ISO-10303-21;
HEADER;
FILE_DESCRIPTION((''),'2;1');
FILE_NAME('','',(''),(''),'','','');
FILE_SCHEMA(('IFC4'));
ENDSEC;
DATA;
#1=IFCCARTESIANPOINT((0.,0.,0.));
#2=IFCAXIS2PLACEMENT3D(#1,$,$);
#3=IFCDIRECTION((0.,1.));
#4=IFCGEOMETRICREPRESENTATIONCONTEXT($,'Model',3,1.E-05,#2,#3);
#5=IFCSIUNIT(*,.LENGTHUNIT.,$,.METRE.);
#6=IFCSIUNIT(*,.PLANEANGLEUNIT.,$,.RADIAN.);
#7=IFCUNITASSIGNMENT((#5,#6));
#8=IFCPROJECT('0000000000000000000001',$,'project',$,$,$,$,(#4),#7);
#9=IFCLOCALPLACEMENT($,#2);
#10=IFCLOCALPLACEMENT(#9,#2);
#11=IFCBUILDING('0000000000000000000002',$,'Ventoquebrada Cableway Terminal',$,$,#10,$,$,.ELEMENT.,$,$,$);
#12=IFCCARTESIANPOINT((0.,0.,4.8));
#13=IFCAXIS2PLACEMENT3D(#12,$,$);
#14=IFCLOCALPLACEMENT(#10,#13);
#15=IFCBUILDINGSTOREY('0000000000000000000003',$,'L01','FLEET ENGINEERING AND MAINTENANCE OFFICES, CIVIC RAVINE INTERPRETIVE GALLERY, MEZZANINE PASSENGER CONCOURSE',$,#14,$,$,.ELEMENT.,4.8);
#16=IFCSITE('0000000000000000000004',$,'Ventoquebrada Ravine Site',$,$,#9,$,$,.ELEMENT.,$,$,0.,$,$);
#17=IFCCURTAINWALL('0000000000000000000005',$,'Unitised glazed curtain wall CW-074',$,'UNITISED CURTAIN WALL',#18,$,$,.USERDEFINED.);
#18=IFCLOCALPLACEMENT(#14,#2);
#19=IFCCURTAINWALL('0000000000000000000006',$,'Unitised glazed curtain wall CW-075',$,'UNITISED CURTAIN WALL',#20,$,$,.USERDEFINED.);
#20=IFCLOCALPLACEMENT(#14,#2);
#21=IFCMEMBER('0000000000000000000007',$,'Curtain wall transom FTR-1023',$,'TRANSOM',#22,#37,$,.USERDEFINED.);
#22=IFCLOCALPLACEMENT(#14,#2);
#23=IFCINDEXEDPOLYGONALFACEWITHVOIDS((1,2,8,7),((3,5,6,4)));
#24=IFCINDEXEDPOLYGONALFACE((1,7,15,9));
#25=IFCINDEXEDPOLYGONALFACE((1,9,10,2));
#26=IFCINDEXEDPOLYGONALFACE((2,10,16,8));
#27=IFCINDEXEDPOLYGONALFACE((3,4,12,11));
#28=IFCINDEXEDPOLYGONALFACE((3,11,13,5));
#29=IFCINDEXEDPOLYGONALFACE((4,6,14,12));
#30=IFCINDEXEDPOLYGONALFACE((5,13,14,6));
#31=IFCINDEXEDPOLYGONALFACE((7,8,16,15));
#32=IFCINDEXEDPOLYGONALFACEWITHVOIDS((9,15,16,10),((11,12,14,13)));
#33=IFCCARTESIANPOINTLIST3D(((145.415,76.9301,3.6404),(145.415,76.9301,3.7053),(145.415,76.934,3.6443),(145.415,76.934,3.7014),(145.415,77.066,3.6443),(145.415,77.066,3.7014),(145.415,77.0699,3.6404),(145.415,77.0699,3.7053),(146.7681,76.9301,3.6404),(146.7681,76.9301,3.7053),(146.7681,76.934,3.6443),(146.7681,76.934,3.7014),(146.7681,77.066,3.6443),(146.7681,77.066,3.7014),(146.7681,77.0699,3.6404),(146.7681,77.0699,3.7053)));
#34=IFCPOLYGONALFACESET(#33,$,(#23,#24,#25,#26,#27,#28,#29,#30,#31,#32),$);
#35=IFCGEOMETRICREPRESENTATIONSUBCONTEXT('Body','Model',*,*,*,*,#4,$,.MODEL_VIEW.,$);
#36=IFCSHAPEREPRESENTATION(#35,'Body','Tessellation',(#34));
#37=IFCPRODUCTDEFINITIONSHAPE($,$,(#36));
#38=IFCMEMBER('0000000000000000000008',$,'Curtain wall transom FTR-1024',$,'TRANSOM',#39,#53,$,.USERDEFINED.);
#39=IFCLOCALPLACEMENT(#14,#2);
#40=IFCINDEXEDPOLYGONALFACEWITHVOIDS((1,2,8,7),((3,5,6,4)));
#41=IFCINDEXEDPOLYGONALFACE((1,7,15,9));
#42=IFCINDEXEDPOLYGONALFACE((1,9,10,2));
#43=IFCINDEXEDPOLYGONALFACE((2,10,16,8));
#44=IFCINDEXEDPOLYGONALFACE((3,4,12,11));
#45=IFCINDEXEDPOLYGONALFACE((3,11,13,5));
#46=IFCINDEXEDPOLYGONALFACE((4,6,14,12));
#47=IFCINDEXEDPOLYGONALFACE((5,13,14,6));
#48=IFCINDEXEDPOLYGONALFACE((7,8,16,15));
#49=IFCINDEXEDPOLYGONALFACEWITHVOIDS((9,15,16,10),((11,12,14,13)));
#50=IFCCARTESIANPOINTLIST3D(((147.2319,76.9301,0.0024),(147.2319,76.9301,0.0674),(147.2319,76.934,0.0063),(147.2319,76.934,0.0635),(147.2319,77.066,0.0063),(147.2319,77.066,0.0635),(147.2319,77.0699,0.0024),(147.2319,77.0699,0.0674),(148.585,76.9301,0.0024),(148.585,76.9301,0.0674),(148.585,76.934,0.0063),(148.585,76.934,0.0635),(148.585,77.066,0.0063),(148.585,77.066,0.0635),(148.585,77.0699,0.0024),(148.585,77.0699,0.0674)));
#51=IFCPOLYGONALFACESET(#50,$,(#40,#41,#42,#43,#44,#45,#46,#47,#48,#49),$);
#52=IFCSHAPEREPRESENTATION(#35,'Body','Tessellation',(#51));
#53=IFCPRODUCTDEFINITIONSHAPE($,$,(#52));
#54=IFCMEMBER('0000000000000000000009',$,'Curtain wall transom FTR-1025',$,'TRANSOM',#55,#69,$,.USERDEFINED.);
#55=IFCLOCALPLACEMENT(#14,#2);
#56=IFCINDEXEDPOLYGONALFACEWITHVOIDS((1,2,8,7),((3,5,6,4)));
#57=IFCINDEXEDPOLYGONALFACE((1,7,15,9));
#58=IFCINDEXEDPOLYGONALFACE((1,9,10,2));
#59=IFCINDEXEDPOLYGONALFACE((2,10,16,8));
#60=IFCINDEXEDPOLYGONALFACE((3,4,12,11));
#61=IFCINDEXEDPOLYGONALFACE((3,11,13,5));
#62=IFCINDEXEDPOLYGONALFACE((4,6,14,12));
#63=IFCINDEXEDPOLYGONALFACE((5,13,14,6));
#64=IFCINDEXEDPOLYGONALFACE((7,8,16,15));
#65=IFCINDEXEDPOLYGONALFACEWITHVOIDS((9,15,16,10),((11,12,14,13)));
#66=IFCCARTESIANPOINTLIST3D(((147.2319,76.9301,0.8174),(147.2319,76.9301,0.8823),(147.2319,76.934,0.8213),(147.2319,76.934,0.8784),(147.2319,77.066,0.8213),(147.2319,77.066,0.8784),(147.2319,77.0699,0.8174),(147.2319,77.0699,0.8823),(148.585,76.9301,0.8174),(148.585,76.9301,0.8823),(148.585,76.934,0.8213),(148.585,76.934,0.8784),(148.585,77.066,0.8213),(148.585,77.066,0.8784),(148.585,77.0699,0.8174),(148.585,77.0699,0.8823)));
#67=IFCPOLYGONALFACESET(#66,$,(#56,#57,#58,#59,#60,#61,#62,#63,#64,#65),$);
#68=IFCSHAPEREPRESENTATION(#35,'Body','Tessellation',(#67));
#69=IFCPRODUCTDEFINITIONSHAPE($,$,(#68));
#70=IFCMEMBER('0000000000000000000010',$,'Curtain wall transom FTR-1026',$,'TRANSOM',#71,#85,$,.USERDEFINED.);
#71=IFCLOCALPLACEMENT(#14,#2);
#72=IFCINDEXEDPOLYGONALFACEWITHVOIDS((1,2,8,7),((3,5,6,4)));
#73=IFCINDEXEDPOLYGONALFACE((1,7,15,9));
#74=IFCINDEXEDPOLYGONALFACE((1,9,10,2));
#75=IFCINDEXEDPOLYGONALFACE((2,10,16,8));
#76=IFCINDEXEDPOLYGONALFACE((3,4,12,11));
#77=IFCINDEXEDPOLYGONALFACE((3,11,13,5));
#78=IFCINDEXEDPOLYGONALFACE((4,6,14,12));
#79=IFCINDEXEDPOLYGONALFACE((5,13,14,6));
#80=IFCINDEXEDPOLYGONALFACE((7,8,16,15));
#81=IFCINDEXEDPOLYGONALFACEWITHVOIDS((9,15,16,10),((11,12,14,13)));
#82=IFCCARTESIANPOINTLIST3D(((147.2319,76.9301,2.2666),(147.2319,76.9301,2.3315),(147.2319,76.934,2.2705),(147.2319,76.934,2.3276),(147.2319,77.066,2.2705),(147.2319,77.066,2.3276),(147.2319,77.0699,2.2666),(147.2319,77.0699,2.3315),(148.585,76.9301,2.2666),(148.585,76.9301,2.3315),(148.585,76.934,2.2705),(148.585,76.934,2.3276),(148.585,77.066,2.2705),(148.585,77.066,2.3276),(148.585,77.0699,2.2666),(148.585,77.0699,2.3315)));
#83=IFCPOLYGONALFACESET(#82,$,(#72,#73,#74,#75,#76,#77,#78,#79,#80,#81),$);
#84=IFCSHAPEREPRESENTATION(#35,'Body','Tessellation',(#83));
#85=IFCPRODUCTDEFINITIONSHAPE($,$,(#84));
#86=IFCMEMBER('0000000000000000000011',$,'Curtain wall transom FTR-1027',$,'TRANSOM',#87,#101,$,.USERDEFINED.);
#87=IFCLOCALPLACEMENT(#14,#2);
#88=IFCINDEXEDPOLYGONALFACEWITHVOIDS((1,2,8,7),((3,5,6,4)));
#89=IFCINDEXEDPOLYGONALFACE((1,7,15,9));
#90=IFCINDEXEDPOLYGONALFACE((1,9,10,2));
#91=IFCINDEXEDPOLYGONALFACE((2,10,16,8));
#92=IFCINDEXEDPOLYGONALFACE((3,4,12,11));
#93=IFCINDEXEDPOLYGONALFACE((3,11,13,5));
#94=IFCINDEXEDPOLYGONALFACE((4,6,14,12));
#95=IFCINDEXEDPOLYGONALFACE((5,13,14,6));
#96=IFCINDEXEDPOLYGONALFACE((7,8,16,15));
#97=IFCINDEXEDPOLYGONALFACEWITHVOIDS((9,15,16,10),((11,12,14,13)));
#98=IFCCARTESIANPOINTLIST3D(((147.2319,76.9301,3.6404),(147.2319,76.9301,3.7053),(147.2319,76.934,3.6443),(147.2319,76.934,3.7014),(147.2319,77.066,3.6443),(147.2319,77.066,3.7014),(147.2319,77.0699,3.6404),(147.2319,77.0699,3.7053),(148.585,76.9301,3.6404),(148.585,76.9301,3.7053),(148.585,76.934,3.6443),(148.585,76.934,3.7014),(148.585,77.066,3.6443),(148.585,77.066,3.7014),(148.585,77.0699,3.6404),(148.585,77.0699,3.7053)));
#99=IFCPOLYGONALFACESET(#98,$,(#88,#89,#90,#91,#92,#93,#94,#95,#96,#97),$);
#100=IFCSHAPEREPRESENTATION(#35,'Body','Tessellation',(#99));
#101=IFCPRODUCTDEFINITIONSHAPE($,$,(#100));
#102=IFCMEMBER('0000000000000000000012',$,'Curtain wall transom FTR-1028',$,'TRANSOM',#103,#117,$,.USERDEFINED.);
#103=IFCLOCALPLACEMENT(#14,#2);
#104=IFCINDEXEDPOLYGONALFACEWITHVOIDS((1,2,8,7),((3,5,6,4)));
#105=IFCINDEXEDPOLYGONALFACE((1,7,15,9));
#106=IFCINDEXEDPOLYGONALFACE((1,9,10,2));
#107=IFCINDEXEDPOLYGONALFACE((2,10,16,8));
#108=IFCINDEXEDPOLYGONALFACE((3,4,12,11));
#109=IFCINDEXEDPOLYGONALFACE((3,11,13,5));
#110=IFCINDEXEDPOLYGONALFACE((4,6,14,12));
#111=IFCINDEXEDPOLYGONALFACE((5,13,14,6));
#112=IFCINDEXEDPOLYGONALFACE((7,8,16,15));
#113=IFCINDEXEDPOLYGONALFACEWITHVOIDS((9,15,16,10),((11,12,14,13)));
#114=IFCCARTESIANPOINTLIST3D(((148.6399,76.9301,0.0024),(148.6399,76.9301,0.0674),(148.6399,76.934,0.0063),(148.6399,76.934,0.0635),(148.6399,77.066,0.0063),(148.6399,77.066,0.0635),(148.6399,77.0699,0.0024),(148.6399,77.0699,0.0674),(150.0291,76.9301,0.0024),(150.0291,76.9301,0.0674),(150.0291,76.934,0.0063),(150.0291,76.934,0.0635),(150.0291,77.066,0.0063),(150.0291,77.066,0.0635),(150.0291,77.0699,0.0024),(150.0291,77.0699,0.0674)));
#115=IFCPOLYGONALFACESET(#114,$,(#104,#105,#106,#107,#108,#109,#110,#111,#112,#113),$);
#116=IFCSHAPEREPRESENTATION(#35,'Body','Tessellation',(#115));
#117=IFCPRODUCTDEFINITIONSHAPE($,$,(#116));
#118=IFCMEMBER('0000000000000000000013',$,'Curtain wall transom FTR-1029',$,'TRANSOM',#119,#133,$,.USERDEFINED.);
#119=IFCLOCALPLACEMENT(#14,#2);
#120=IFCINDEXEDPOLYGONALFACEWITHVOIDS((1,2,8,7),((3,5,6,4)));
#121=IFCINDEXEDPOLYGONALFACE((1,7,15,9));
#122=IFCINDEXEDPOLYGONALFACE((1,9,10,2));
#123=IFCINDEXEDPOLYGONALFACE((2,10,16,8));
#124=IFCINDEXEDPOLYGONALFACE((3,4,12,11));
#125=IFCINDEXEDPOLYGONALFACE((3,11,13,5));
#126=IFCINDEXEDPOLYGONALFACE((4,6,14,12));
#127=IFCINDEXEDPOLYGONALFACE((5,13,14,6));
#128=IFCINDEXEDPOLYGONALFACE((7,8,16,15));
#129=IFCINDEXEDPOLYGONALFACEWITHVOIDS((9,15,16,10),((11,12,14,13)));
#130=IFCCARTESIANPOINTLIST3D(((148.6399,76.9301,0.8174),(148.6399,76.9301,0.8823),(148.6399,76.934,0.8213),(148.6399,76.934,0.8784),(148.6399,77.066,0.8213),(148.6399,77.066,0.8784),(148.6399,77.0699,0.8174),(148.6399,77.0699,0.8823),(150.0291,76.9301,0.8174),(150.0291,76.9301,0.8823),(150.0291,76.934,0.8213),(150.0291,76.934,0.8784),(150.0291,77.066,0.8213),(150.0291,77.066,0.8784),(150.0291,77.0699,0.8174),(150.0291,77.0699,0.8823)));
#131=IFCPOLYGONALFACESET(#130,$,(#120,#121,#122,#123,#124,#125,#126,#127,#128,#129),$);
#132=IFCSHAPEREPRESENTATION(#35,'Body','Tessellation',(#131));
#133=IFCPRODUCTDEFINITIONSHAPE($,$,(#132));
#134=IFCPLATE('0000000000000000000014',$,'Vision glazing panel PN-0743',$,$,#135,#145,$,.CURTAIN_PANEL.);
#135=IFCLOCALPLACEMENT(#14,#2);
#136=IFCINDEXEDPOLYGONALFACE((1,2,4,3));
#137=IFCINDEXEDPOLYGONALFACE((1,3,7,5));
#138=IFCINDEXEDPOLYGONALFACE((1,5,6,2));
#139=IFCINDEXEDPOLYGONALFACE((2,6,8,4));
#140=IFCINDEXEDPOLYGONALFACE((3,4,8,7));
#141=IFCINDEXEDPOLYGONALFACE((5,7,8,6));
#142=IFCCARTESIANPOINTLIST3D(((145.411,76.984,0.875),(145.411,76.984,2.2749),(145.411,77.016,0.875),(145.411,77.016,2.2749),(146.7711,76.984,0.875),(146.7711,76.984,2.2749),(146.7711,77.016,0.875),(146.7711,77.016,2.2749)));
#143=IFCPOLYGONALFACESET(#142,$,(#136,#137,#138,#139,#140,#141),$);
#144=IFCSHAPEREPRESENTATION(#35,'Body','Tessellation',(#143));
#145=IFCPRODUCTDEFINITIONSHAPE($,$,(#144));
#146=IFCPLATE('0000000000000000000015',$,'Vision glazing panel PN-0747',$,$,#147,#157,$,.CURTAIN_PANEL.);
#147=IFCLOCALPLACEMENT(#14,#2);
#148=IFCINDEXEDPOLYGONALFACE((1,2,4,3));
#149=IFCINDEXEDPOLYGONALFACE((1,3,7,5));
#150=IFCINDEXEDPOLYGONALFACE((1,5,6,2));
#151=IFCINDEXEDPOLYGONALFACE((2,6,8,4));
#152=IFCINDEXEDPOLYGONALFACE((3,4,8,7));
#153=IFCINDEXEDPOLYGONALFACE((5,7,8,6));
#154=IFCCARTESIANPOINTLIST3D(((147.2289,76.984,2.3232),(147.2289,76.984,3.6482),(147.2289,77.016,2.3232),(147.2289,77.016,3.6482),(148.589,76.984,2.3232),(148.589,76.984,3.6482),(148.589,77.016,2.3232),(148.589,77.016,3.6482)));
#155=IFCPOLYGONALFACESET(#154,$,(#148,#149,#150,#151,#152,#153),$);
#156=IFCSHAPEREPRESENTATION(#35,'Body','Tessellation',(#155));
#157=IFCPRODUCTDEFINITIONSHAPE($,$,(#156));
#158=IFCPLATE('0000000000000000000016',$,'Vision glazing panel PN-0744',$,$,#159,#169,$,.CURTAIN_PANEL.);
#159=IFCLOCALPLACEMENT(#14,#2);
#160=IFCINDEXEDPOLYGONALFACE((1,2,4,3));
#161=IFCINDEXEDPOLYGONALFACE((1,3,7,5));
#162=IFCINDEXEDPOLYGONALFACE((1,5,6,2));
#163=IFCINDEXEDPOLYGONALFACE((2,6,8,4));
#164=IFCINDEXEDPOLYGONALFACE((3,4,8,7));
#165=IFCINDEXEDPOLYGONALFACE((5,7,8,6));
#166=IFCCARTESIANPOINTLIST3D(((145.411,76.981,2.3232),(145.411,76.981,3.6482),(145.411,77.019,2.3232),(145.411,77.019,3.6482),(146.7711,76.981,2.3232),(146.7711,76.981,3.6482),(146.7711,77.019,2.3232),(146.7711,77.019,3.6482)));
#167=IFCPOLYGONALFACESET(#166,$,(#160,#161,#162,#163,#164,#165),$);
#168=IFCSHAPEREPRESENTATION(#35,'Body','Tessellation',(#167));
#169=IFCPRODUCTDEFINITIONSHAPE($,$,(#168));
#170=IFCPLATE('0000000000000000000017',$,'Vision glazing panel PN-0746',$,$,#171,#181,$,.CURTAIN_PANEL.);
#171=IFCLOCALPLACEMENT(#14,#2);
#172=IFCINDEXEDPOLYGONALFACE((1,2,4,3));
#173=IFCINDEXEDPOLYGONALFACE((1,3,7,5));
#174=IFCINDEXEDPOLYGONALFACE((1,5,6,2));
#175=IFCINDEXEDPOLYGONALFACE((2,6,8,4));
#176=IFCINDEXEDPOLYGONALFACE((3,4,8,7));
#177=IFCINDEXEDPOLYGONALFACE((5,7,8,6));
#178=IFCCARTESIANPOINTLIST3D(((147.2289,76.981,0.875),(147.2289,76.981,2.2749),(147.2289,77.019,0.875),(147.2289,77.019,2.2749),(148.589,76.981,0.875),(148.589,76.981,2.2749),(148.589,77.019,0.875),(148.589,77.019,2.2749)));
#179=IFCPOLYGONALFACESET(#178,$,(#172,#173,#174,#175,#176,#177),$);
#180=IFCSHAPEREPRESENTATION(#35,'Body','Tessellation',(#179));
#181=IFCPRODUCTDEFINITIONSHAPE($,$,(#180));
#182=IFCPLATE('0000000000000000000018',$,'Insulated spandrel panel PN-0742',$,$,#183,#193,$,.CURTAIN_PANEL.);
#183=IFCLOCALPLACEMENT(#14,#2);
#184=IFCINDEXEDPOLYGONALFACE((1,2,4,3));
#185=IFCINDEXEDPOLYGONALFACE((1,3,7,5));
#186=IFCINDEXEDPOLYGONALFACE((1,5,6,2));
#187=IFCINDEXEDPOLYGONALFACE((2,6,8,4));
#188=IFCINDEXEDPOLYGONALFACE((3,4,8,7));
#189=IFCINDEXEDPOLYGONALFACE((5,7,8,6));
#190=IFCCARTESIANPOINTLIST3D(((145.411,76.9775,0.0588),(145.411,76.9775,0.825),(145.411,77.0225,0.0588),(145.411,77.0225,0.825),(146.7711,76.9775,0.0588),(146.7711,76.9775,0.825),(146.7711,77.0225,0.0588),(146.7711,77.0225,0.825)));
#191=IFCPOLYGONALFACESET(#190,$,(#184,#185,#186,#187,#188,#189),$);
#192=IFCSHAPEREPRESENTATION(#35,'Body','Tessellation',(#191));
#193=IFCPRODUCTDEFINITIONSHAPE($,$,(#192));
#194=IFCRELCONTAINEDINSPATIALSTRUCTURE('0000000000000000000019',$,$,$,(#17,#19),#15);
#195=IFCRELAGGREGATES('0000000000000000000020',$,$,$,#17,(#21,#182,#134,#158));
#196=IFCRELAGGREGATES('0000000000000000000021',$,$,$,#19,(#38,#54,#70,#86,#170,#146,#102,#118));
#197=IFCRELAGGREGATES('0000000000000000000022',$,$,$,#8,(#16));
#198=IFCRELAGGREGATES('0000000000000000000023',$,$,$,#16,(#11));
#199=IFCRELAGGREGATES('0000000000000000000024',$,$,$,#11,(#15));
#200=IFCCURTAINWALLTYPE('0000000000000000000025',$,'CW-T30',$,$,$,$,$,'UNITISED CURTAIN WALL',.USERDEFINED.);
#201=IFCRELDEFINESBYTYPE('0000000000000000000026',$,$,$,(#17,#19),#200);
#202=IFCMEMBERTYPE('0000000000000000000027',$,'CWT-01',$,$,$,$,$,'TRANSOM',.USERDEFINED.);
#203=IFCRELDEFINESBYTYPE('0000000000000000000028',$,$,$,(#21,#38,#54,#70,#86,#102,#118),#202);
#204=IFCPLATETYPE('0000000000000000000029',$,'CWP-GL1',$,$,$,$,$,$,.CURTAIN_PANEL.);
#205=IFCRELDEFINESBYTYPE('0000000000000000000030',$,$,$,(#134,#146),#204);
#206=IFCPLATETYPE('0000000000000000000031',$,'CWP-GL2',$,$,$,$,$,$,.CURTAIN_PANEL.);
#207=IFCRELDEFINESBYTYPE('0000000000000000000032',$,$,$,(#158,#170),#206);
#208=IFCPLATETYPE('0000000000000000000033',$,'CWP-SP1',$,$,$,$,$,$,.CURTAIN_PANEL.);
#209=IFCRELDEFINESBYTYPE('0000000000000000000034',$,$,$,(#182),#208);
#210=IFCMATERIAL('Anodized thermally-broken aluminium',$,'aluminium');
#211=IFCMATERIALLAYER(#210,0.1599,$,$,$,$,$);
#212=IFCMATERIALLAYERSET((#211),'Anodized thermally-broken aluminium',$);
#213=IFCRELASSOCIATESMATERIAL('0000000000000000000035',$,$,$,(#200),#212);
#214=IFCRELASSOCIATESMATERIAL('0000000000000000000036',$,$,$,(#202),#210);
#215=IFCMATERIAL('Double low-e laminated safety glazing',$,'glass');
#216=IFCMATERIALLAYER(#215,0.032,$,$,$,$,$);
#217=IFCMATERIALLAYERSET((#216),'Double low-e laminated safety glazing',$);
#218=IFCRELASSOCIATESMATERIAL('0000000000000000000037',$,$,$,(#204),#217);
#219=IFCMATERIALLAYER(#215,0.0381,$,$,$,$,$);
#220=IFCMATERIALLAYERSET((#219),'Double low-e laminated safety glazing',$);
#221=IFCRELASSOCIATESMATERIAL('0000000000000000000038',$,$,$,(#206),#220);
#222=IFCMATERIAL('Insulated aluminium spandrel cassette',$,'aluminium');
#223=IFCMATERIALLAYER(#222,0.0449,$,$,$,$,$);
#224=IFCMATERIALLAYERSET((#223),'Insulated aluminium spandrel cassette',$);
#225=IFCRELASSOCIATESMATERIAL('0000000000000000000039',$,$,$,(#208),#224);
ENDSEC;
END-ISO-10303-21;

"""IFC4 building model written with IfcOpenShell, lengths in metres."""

from ifc_helpers import new_model, si_unit, direction, frame, origin, origin_2d, place, context, subcontext, project, spatial, rectangle, hollow_rectangle, extrude, material, layer, layer_set, material_profile, profile_set, type_object, element, aggregate, save


model = new_model("IFC4")

# Units and contexts
model_context = context("Model", 3, precision=1e-05, world=origin(), true_north=direction((0.0, 1.0)))
body_context = subcontext(model_context, "Body", "Model", "MODEL_VIEW")
ifc_project = project(units=[si_unit("LENGTHUNIT", "METRE"), si_unit("PLANEANGLEUNIT", "RADIAN")], contexts=[model_context])

# Site, building, storey
site_placement = place(None, origin())
site = spatial("IfcSite", under=ifc_project, at=site_placement, Name="Ventoquebrada Ravine Site", CompositionType="ELEMENT", RefElevation=0.0)
building_placement = place(site_placement, origin())
building = spatial("IfcBuilding", under=site, at=building_placement, Name="Ventoquebrada Cableway Terminal", CompositionType="ELEMENT")
storey_placement = place(building_placement, frame((0.0, 0.0, 4.8)))
storey = spatial("IfcBuildingStorey", under=building, at=storey_placement, Name="L01", Description="FLEET ENGINEERING AND MAINTENANCE OFFICES, CIVIC RAVINE INTERPRETIVE GALLERY, MEZZANINE PASSENGER CONCOURSE", CompositionType="ELEMENT", Elevation=4.8)

# Curtain walls
ifc_material_1 = material(Name="Anodized thermally-broken aluminium", Category="aluminium")
ifc_layer_1 = layer(ifc_material_1, 0.1599)
ifc_layer_set_1 = layer_set([ifc_layer_1], Name="Anodized thermally-broken aluminium")
curtain_wall_type = type_object("IfcCurtainWallType", Name="CW-T30", ElementType="UNITISED CURTAIN WALL", PredefinedType="USERDEFINED", material=ifc_layer_set_1)
curtain_wall_1_placement = place(storey_placement, origin())
curtain_wall_1 = element("IfcCurtainWall", 1, at=curtain_wall_1_placement, inside=storey, type_object=curtain_wall_type, Name="Unitised glazed curtain wall CW-074", ObjectType="UNITISED CURTAIN WALL", PredefinedType="USERDEFINED")
curtain_wall_2_placement = place(storey_placement, origin())
curtain_wall_2 = element("IfcCurtainWall", 2, at=curtain_wall_2_placement, inside=storey, type_object=curtain_wall_type, Name="Unitised glazed curtain wall CW-075", ObjectType="UNITISED CURTAIN WALL", PredefinedType="USERDEFINED")

# Members
ifc_material_profile_1 = material_profile(ifc_material_1, hollow_rectangle(XDim=0.0649, YDim=0.1399, WallThickness=0.0039, at=origin_2d()), Name="CW-TRN-65X140")
ifc_profile_set_1 = profile_set([ifc_material_profile_1], Name="Anodized thermally-broken aluminium")
member_type_1 = type_object("IfcMemberType", Name="CWT-01", ElementType="TRANSOM", PredefinedType="USERDEFINED", material=ifc_profile_set_1)
member_1_placement = place(storey_placement, frame((145.415, 77.0, 3.6729), z_axis=(1.0, 0.0, 0.0), x_axis=(0.0, 0.0, 1.0)))
member_1 = element("IfcMember", 3, at=member_1_placement, type_object=member_type_1, Name="Curtain wall transom FTR-1023", ObjectType="TRANSOM", PredefinedType="USERDEFINED", context=body_context, shape_type="SweptSolid", body=[
    extrude(hollow_rectangle(XDim=0.0649, YDim=0.1399, WallThickness=0.0039, at=origin_2d()), origin(), (0.0, 0.0, 1.0), 1.353),
])
member_2_placement = place(storey_placement, frame((147.2319, 77.0, 0.0349), z_axis=(1.0, 0.0, 0.0), x_axis=(0.0, 0.0, 1.0)))
member_2 = element("IfcMember", 4, at=member_2_placement, type_object=member_type_1, Name="Curtain wall transom FTR-1024", ObjectType="TRANSOM", PredefinedType="USERDEFINED", context=body_context, shape_type="SweptSolid", body=[
    extrude(hollow_rectangle(XDim=0.0649, YDim=0.1399, WallThickness=0.0039, at=origin_2d()), origin(), (0.0, 0.0, 1.0), 1.353),
])
member_3_placement = place(storey_placement, frame((147.2319, 77.0, 0.8499), z_axis=(1.0, 0.0, 0.0), x_axis=(0.0, 0.0, 1.0)))
member_3 = element("IfcMember", 5, at=member_3_placement, type_object=member_type_1, Name="Curtain wall transom FTR-1025", ObjectType="TRANSOM", PredefinedType="USERDEFINED", context=body_context, shape_type="SweptSolid", body=[
    extrude(hollow_rectangle(XDim=0.0649, YDim=0.1399, WallThickness=0.0039, at=origin_2d()), origin(), (0.0, 0.0, 1.0), 1.353),
])
member_4_placement = place(storey_placement, frame((147.2319, 77.0, 2.2991), z_axis=(1.0, 0.0, 0.0), x_axis=(0.0, 0.0, 1.0)))
member_4 = element("IfcMember", 6, at=member_4_placement, type_object=member_type_1, Name="Curtain wall transom FTR-1026", ObjectType="TRANSOM", PredefinedType="USERDEFINED", context=body_context, shape_type="SweptSolid", body=[
    extrude(hollow_rectangle(XDim=0.0649, YDim=0.1399, WallThickness=0.0039, at=origin_2d()), origin(), (0.0, 0.0, 1.0), 1.353),
])
member_5_placement = place(storey_placement, frame((147.2319, 77.0, 3.6729), z_axis=(1.0, 0.0, 0.0), x_axis=(0.0, 0.0, 1.0)))
member_5 = element("IfcMember", 7, at=member_5_placement, type_object=member_type_1, Name="Curtain wall transom FTR-1027", ObjectType="TRANSOM", PredefinedType="USERDEFINED", context=body_context, shape_type="SweptSolid", body=[
    extrude(hollow_rectangle(XDim=0.0649, YDim=0.1399, WallThickness=0.0039, at=origin_2d()), origin(), (0.0, 0.0, 1.0), 1.353),
])
member_6_placement = place(storey_placement, frame((148.6399, 77.0, 0.0349), z_axis=(1.0, 0.0, 0.0), x_axis=(0.0, 0.0, 1.0)))
member_6 = element("IfcMember", 8, at=member_6_placement, type_object=member_type_1, Name="Curtain wall transom FTR-1028", ObjectType="TRANSOM", PredefinedType="USERDEFINED", context=body_context, shape_type="SweptSolid", body=[
    extrude(hollow_rectangle(XDim=0.0649, YDim=0.1399, WallThickness=0.0039, at=origin_2d()), origin(), (0.0, 0.0, 1.0), 1.3892),
])
member_7_placement = place(storey_placement, frame((148.6399, 77.0, 0.8499), z_axis=(1.0, 0.0, 0.0), x_axis=(0.0, 0.0, 1.0)))
member_7 = element("IfcMember", 9, at=member_7_placement, type_object=member_type_1, Name="Curtain wall transom FTR-1029", ObjectType="TRANSOM", PredefinedType="USERDEFINED", context=body_context, shape_type="SweptSolid", body=[
    extrude(hollow_rectangle(XDim=0.0649, YDim=0.1399, WallThickness=0.0039, at=origin_2d()), origin(), (0.0, 0.0, 1.0), 1.3892),
])

# Plates
ifc_material_2 = material(Name="Double low-e laminated safety glazing", Category="glass")
ifc_layer_2 = layer(ifc_material_2, 0.032)
ifc_layer_set_2 = layer_set([ifc_layer_2], Name="Double low-e laminated safety glazing")
plate_type_1 = type_object("IfcPlateType", Name="CWP-GL1", PredefinedType="CURTAIN_PANEL", material=ifc_layer_set_2)
plate_1_placement = place(storey_placement, frame((146.0911, 77.0, 0.875), z_axis=(0.0, 0.0, 1.0), x_axis=(1.0, 0.0, 0.0)))
plate_1 = element("IfcPlate", 10, at=plate_1_placement, type_object=plate_type_1, Name="Vision glazing panel PN-0743", PredefinedType="CURTAIN_PANEL", context=body_context, shape_type="SweptSolid", body=[
    extrude(rectangle(XDim=1.3601, YDim=0.032, at=origin_2d()), origin(), (0.0, 0.0, 1.0), 1.3999),
])
plate_2_placement = place(storey_placement, frame((147.9089, 77.0, 2.3232), z_axis=(0.0, 0.0, 1.0), x_axis=(1.0, 0.0, 0.0)))
plate_2 = element("IfcPlate", 11, at=plate_2_placement, type_object=plate_type_1, Name="Vision glazing panel PN-0747", PredefinedType="CURTAIN_PANEL", context=body_context, shape_type="SweptSolid", body=[
    extrude(rectangle(XDim=1.3601, YDim=0.032, at=origin_2d()), origin(), (0.0, 0.0, 1.0), 1.325),
])
ifc_layer_3 = layer(ifc_material_2, 0.0381)
ifc_layer_set_3 = layer_set([ifc_layer_3], Name="Double low-e laminated safety glazing")
plate_type_2 = type_object("IfcPlateType", Name="CWP-GL2", PredefinedType="CURTAIN_PANEL", material=ifc_layer_set_3)
plate_3_placement = place(storey_placement, frame((146.0911, 77.0, 2.3232), z_axis=(0.0, 0.0, 1.0), x_axis=(1.0, 0.0, 0.0)))
plate_3 = element("IfcPlate", 12, at=plate_3_placement, type_object=plate_type_2, Name="Vision glazing panel PN-0744", PredefinedType="CURTAIN_PANEL", context=body_context, shape_type="SweptSolid", body=[
    extrude(rectangle(XDim=1.3601, YDim=0.0381, at=origin_2d()), origin(), (0.0, 0.0, 1.0), 1.325),
])
plate_4_placement = place(storey_placement, frame((147.9089, 77.0, 0.875), z_axis=(0.0, 0.0, 1.0), x_axis=(1.0, 0.0, 0.0)))
plate_4 = element("IfcPlate", 13, at=plate_4_placement, type_object=plate_type_2, Name="Vision glazing panel PN-0746", PredefinedType="CURTAIN_PANEL", context=body_context, shape_type="SweptSolid", body=[
    extrude(rectangle(XDim=1.3601, YDim=0.0381, at=origin_2d()), origin(), (0.0, 0.0, 1.0), 1.3999),
])
ifc_material_3 = material(Name="Insulated aluminium spandrel cassette", Category="aluminium")
ifc_layer_4 = layer(ifc_material_3, 0.0449)
ifc_layer_set_4 = layer_set([ifc_layer_4], Name="Insulated aluminium spandrel cassette")
plate_type_3 = type_object("IfcPlateType", Name="CWP-SP1", PredefinedType="CURTAIN_PANEL", material=ifc_layer_set_4)
plate_5_placement = place(storey_placement, frame((146.0911, 77.0, 0.0588), z_axis=(0.0, 0.0, 1.0), x_axis=(1.0, 0.0, 0.0)))
plate_5 = element("IfcPlate", 14, at=plate_5_placement, type_object=plate_type_3, Name="Insulated spandrel panel PN-0742", PredefinedType="CURTAIN_PANEL", context=body_context, shape_type="SweptSolid", body=[
    extrude(rectangle(XDim=1.3601, YDim=0.0449, at=origin_2d()), origin(), (0.0, 0.0, 1.0), 0.7661),
])
aggregate(curtain_wall_1, [member_1, plate_5, plate_1, plate_3])
aggregate(curtain_wall_2, [member_2, member_3, member_4, member_5, plate_4, plate_2, member_6, member_7])

save(model, "model.ifc")
